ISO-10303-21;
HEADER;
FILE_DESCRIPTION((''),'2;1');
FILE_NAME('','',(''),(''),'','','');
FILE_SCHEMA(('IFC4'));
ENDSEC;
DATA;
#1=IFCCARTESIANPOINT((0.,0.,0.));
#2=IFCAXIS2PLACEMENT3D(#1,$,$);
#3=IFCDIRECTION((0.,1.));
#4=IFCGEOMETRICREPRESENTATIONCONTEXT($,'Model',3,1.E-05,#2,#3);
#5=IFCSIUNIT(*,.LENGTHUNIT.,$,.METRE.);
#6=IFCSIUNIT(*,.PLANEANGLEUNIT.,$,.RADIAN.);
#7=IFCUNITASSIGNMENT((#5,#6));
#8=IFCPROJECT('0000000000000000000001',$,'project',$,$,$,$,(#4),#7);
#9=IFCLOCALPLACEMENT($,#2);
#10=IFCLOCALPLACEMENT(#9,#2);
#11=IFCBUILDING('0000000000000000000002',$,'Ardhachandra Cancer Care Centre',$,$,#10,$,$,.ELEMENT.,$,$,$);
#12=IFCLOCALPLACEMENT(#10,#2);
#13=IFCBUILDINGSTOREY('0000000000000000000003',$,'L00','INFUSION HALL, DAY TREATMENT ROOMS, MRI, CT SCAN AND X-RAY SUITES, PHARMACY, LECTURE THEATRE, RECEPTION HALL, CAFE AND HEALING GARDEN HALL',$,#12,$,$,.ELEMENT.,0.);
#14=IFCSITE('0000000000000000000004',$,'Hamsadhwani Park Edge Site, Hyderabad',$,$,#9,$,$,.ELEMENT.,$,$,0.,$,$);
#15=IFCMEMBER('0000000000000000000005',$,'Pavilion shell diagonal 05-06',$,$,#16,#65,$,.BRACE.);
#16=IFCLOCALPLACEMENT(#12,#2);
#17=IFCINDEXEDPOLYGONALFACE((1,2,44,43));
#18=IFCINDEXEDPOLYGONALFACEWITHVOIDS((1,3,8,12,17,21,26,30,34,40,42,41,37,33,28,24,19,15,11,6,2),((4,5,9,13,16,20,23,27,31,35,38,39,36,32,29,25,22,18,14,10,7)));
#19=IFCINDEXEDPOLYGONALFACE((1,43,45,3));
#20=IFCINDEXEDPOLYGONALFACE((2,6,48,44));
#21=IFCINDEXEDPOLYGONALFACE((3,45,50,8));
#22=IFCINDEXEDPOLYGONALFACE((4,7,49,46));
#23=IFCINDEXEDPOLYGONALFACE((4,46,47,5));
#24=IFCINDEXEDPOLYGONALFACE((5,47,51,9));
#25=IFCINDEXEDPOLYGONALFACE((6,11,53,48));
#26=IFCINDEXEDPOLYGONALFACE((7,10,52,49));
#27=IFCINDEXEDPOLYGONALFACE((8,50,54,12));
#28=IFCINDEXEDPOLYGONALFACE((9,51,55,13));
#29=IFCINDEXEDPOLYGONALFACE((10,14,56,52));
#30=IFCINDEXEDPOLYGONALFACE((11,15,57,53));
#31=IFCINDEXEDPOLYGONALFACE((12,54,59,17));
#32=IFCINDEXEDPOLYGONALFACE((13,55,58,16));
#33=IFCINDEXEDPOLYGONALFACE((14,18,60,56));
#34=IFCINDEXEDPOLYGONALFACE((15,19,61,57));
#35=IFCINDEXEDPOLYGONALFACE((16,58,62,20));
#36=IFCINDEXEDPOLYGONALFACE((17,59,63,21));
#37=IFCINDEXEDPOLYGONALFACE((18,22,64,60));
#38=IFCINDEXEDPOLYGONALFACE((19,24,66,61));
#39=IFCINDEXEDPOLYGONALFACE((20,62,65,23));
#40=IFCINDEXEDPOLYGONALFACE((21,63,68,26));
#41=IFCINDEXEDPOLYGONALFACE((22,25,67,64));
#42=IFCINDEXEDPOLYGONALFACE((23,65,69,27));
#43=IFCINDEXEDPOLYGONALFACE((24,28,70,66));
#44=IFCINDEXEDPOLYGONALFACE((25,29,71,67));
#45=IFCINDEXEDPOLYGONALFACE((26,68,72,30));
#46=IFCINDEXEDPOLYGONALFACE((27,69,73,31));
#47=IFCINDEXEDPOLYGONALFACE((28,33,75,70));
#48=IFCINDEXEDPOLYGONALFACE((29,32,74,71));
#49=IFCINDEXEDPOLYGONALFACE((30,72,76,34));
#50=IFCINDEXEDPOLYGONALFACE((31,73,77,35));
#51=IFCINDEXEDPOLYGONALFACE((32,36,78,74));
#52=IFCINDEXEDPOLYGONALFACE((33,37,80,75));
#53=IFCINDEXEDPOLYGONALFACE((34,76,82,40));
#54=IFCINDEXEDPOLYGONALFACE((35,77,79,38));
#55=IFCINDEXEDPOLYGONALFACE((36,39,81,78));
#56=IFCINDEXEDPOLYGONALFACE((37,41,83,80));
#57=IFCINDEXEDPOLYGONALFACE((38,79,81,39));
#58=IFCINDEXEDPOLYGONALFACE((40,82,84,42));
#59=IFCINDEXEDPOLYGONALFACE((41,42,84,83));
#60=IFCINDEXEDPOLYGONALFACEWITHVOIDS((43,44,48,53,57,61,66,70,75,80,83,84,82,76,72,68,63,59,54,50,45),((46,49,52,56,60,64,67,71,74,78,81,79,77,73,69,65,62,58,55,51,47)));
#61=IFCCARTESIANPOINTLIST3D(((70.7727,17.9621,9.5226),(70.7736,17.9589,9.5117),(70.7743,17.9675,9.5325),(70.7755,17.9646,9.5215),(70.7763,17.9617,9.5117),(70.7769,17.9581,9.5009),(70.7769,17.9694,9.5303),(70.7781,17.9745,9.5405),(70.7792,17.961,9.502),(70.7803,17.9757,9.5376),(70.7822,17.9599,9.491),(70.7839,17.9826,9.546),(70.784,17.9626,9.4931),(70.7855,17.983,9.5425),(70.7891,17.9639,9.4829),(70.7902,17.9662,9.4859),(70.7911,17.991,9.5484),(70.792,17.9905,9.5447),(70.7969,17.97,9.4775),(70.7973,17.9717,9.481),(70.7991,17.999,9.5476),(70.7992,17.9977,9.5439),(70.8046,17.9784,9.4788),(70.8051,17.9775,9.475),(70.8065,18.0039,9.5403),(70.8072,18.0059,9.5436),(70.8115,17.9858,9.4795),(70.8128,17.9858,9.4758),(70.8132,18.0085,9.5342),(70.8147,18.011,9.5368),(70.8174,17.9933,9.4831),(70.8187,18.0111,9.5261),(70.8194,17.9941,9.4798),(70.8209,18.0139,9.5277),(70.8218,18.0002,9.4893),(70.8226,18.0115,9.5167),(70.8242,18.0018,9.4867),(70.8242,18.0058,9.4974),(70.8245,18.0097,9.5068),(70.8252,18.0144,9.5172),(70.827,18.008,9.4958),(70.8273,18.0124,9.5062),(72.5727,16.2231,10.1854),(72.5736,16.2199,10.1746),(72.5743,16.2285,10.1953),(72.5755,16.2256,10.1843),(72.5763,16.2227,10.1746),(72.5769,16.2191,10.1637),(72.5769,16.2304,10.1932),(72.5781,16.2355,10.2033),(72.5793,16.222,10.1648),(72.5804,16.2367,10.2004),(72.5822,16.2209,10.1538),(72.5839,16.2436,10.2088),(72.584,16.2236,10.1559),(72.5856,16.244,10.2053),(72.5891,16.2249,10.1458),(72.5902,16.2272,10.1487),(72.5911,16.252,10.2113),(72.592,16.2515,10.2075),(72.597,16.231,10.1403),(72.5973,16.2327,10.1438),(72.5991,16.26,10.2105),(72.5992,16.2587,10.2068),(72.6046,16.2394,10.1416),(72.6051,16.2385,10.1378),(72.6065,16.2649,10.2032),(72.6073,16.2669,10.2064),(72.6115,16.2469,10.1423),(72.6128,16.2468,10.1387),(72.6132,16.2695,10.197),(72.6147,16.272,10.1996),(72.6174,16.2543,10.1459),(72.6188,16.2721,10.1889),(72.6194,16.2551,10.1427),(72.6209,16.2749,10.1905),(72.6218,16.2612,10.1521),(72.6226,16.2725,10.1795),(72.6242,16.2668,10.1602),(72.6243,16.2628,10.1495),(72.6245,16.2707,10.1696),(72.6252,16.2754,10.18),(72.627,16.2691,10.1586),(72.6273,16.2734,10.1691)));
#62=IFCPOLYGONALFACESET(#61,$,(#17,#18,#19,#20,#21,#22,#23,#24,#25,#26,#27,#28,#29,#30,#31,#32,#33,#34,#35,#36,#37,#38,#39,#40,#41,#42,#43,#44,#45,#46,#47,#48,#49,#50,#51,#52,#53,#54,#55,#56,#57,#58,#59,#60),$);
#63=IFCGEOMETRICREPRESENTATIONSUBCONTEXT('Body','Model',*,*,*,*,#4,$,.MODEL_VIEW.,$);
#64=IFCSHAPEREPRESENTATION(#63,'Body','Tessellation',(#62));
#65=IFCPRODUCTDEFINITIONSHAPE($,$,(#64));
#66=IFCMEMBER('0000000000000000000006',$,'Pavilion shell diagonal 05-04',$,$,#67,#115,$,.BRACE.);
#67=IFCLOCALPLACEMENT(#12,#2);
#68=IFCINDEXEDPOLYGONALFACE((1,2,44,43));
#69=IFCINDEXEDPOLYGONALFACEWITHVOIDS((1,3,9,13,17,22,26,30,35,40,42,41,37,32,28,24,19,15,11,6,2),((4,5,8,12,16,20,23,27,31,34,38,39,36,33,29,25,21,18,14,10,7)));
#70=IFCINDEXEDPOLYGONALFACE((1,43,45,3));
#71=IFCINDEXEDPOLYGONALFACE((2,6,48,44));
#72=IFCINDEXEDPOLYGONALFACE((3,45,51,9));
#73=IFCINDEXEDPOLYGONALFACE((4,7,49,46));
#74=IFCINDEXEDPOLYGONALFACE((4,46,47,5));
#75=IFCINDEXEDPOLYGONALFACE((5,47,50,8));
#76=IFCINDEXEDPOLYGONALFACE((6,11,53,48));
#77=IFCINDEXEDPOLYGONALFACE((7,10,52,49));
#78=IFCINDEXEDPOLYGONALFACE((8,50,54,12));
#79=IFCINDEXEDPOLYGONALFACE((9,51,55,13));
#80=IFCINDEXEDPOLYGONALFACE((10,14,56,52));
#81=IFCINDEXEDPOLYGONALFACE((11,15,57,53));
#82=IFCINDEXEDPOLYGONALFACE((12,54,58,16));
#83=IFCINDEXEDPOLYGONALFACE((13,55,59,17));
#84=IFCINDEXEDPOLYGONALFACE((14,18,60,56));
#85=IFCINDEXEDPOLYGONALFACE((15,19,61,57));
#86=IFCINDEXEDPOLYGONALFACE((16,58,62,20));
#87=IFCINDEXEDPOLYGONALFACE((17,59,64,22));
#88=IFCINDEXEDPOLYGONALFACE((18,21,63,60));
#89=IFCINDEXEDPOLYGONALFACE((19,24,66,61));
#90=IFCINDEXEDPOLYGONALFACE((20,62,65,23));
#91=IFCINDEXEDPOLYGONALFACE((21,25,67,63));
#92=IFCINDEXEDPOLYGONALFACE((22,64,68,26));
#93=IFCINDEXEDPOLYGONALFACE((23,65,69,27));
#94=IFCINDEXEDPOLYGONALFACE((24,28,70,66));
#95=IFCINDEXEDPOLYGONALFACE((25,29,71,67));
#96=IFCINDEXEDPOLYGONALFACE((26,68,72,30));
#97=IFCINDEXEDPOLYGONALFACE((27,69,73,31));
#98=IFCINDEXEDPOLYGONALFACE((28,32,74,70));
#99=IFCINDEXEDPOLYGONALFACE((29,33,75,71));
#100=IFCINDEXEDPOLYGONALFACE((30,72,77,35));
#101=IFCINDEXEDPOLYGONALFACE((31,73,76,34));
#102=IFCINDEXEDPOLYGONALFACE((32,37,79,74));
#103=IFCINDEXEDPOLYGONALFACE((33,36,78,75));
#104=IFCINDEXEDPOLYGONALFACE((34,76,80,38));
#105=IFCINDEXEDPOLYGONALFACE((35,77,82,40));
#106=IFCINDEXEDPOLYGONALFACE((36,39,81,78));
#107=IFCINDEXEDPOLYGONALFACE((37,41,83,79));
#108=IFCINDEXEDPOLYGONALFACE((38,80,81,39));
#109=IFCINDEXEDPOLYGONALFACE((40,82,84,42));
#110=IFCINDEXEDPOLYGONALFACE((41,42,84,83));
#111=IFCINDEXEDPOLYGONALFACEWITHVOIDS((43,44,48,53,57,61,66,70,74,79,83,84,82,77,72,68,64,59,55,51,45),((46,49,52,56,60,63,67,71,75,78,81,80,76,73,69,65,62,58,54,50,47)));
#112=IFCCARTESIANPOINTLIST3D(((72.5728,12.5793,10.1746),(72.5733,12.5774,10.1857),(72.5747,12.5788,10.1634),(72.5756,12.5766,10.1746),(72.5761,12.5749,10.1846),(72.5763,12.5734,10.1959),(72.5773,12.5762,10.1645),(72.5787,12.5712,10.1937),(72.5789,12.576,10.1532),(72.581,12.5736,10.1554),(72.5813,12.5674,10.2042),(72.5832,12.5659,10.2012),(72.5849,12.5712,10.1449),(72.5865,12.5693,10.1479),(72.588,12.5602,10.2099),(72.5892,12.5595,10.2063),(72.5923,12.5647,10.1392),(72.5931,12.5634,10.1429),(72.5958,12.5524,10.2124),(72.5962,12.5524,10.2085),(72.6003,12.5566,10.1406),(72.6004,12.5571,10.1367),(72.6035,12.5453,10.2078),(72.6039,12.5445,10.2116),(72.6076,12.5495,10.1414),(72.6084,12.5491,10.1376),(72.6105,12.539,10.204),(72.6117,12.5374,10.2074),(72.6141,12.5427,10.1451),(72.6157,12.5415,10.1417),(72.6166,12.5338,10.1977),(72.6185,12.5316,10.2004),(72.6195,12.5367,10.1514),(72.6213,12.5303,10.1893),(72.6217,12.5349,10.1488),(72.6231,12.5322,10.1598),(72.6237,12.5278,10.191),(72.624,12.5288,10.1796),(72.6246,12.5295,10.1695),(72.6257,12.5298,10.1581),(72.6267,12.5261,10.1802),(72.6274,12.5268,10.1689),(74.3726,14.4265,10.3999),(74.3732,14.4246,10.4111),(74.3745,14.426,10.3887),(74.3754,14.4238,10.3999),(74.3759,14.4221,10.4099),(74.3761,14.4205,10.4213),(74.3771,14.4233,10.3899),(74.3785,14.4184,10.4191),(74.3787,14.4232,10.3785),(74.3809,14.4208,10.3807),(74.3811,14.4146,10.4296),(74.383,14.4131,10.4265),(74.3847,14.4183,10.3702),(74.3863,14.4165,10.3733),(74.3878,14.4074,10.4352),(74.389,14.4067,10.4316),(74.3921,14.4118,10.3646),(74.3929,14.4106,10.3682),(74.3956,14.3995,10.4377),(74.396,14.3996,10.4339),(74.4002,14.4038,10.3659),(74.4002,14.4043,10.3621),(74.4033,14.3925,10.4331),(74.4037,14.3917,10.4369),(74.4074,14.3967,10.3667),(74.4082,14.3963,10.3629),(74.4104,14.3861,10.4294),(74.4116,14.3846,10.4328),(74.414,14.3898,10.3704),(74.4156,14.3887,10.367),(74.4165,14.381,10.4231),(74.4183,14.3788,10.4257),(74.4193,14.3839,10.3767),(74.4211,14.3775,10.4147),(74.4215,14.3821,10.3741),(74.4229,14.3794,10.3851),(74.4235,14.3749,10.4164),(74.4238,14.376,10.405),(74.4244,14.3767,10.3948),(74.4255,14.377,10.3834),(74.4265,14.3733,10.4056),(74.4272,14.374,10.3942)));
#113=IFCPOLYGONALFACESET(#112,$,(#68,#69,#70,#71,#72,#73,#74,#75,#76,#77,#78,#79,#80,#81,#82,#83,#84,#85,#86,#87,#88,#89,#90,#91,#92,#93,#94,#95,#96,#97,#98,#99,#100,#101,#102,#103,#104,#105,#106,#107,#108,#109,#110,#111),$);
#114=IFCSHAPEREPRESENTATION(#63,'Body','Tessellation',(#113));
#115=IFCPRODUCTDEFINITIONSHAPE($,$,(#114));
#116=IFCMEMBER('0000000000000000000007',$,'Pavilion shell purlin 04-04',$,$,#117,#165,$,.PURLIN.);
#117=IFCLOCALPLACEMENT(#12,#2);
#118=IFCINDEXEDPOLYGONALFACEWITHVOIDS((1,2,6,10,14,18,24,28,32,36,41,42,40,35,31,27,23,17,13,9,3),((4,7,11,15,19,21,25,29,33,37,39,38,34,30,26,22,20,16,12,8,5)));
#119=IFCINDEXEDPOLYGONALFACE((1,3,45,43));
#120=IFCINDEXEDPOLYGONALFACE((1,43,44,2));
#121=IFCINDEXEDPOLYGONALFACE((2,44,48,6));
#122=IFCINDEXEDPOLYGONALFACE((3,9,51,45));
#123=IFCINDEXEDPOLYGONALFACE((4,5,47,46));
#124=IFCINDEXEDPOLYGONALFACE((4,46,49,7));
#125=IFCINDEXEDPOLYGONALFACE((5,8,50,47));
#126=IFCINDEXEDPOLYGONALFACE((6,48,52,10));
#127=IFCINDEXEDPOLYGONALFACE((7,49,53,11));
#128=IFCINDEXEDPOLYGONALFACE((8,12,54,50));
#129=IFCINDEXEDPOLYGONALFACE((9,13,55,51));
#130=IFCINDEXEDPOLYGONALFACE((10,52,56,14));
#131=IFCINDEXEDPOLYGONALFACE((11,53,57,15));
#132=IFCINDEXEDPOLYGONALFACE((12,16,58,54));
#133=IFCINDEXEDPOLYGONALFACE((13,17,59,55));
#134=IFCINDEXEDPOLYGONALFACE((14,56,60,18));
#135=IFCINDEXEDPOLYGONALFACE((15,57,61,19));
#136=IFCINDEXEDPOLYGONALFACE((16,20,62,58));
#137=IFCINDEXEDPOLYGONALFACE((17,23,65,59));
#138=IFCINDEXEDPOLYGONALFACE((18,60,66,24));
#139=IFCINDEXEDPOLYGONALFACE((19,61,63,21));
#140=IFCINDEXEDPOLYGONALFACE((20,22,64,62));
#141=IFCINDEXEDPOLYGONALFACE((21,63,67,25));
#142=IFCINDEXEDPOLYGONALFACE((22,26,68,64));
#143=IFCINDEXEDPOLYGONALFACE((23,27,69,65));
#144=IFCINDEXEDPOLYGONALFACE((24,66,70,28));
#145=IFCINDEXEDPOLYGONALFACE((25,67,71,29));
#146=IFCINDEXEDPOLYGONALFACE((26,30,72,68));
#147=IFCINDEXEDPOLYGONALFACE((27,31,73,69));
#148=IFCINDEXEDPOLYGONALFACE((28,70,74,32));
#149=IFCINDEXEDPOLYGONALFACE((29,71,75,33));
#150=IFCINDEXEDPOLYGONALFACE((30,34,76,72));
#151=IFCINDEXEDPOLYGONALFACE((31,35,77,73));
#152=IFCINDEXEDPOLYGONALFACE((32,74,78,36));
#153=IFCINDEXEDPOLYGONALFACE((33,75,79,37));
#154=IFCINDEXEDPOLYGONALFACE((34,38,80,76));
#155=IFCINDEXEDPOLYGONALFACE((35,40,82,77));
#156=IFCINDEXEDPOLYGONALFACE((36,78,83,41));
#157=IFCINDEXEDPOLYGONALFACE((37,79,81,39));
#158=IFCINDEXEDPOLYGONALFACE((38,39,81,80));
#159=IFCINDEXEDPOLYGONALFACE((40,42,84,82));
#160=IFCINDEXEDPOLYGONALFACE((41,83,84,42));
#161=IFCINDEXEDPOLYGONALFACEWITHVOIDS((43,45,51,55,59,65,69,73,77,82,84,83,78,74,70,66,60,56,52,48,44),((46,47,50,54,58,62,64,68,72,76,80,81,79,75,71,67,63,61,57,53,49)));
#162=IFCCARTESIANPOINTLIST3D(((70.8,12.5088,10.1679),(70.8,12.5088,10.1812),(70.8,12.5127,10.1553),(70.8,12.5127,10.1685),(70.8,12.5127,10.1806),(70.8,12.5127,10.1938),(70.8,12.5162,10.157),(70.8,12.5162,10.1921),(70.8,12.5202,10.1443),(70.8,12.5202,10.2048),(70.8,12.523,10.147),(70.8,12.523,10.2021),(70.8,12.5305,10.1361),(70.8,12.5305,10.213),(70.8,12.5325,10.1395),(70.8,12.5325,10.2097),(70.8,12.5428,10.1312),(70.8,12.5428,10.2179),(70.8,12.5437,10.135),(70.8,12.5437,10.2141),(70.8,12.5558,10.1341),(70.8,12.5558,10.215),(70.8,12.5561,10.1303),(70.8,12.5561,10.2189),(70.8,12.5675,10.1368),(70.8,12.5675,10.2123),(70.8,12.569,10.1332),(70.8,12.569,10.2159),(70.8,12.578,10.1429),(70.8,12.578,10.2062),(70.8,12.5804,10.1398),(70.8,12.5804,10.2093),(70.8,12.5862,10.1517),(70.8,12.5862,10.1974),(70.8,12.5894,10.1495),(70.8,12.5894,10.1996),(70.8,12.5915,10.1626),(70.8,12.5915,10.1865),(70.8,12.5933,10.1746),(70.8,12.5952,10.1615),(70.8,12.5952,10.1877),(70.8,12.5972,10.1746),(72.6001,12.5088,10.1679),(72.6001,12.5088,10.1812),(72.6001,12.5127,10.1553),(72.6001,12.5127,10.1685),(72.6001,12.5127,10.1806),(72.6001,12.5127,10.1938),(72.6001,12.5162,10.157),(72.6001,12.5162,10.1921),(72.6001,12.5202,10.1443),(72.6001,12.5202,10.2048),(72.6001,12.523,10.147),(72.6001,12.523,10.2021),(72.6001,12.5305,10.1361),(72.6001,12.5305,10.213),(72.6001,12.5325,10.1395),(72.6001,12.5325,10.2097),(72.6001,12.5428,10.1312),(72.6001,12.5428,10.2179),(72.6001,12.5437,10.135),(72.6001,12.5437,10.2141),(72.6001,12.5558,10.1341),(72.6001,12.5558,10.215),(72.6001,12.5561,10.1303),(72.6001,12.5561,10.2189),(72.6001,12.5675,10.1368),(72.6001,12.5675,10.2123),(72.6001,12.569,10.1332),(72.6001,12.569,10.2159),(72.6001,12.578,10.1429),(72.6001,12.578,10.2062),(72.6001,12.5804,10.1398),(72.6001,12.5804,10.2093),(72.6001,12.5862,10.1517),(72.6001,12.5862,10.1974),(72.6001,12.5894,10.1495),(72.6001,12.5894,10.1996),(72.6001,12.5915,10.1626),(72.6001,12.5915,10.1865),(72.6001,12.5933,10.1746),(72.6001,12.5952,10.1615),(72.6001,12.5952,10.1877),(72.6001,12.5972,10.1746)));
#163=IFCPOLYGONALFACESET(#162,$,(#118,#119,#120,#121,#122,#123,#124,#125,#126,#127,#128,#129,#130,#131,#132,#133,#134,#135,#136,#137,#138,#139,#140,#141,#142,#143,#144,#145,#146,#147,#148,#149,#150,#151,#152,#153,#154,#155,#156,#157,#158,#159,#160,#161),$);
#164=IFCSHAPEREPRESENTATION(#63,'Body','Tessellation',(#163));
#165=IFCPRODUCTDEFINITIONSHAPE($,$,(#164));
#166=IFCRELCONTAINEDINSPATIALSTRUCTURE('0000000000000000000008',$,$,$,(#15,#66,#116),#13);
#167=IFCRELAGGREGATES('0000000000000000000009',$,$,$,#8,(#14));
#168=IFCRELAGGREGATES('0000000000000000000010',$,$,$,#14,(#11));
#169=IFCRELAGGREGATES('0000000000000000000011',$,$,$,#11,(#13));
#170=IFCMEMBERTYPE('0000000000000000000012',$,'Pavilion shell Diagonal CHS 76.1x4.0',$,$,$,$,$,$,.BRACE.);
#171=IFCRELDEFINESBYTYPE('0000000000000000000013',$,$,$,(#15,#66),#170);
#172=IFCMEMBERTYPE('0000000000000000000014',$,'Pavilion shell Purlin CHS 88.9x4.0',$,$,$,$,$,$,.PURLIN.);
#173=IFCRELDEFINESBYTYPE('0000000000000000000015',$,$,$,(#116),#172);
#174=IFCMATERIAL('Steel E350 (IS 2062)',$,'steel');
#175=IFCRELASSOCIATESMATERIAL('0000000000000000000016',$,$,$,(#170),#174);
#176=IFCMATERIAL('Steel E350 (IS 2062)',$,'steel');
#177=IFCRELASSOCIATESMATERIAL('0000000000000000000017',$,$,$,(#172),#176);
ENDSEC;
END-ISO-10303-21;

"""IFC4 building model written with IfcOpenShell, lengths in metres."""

from ifc_helpers import new_model, si_unit, direction, frame, origin, origin_2d, place, context, subcontext, project, spatial, hollow_circle, extrude, material, material_profile, profile_set, type_object, element, save


model = new_model("IFC4")

# Units and contexts
model_context = context("Model", 3, precision=1e-05, world=origin(), true_north=direction((0.0, 1.0)))
body_context = subcontext(model_context, "Body", "Model", "MODEL_VIEW")
ifc_project = project(units=[si_unit("LENGTHUNIT", "METRE"), si_unit("PLANEANGLEUNIT", "RADIAN")], contexts=[model_context])

# Site, building, storey
site_placement = place(None, origin())
site = spatial("IfcSite", under=ifc_project, at=site_placement, Name="Hamsadhwani Park Edge Site, Hyderabad", CompositionType="ELEMENT", RefElevation=0.0)
building_placement = place(site_placement, origin())
building = spatial("IfcBuilding", under=site, at=building_placement, Name="Ardhachandra Cancer Care Centre", CompositionType="ELEMENT")
storey_placement = place(building_placement, origin())
storey = spatial("IfcBuildingStorey", under=building, at=storey_placement, Name="L00", Description="INFUSION HALL, DAY TREATMENT ROOMS, MRI, CT SCAN AND X-RAY SUITES, PHARMACY, LECTURE THEATRE, RECEPTION HALL, CAFE AND HEALING GARDEN HALL", CompositionType="ELEMENT", Elevation=0.0)

# Members
ifc_material_1 = material(Name="Steel E350 (IS 2062)", Category="steel")
ifc_material_profile_1 = material_profile(ifc_material_1, hollow_circle(Radius=0.0381, WallThickness=0.0039, at=origin_2d()), Name="CHS 76.1x4.0")
ifc_profile_set_1 = profile_set([ifc_material_profile_1], Name="Steel E350 (IS 2062)")
member_type_1 = type_object("IfcMemberType", Name="Pavilion shell Diagonal CHS 76.1x4.0", PredefinedType="BRACE", material=ifc_profile_set_1)
for number, where, z_axis, x_axis, name in (
    (1, (72.6001, 16.2473, 10.1746), (-0.695227, 0.671654, -0.256007), (-0.694809, -0.719195, 0.0), "Pavilion shell diagonal 05-06"),
):
    element("IfcMember", number, at=place(storey_placement, frame(where, z_axis=z_axis, x_axis=x_axis)), inside=storey, type_object=member_type_1, Name=name, PredefinedType="BRACE", context=body_context, shape_type="SweptSolid", body=[
        extrude(hollow_circle(Radius=0.0381, WallThickness=0.0039, at=origin_2d()), origin(), (0.0, 0.0, 1.0), 2.5891),
    ])
member_1_placement = place(storey_placement, frame((72.6001, 12.5527, 10.1746), z_axis=(0.695216, 0.713511, 0.087043), x_axis=(-0.71623, 0.697865, 0.0)))
element("IfcMember", 2, at=member_1_placement, inside=storey, type_object=member_type_1, Name="Pavilion shell diagonal 05-04", PredefinedType="BRACE", context=body_context, shape_type="SweptSolid", body=[
    extrude(hollow_circle(Radius=0.0381, WallThickness=0.0039, at=origin_2d()), origin(), (0.0, 0.0, 1.0), 2.5889),
])
ifc_material_2 = material(Name="Steel E350 (IS 2062)", Category="steel")
ifc_material_profile_2 = material_profile(ifc_material_2, hollow_circle(Radius=0.0444, WallThickness=0.0039, at=origin_2d()), Name="CHS 88.9x4.0")
ifc_profile_set_2 = profile_set([ifc_material_profile_2], Name="Steel E350 (IS 2062)")
member_type_2 = type_object("IfcMemberType", Name="Pavilion shell Purlin CHS 88.9x4.0", PredefinedType="PURLIN", material=ifc_profile_set_2)
member_2_placement = place(storey_placement, frame((70.8, 12.5527, 10.1746), z_axis=(1.0, 0.0, 0.0), x_axis=(0.0, 1.0, 0.0)))
element("IfcMember", 3, at=member_2_placement, inside=storey, type_object=member_type_2, Name="Pavilion shell purlin 04-04", PredefinedType="PURLIN", context=body_context, shape_type="SweptSolid", body=[
    extrude(hollow_circle(Radius=0.0444, WallThickness=0.0039, at=origin_2d()), origin(), (0.0, 0.0, 1.0), 1.8),
])

save(model, "model.ifc")
